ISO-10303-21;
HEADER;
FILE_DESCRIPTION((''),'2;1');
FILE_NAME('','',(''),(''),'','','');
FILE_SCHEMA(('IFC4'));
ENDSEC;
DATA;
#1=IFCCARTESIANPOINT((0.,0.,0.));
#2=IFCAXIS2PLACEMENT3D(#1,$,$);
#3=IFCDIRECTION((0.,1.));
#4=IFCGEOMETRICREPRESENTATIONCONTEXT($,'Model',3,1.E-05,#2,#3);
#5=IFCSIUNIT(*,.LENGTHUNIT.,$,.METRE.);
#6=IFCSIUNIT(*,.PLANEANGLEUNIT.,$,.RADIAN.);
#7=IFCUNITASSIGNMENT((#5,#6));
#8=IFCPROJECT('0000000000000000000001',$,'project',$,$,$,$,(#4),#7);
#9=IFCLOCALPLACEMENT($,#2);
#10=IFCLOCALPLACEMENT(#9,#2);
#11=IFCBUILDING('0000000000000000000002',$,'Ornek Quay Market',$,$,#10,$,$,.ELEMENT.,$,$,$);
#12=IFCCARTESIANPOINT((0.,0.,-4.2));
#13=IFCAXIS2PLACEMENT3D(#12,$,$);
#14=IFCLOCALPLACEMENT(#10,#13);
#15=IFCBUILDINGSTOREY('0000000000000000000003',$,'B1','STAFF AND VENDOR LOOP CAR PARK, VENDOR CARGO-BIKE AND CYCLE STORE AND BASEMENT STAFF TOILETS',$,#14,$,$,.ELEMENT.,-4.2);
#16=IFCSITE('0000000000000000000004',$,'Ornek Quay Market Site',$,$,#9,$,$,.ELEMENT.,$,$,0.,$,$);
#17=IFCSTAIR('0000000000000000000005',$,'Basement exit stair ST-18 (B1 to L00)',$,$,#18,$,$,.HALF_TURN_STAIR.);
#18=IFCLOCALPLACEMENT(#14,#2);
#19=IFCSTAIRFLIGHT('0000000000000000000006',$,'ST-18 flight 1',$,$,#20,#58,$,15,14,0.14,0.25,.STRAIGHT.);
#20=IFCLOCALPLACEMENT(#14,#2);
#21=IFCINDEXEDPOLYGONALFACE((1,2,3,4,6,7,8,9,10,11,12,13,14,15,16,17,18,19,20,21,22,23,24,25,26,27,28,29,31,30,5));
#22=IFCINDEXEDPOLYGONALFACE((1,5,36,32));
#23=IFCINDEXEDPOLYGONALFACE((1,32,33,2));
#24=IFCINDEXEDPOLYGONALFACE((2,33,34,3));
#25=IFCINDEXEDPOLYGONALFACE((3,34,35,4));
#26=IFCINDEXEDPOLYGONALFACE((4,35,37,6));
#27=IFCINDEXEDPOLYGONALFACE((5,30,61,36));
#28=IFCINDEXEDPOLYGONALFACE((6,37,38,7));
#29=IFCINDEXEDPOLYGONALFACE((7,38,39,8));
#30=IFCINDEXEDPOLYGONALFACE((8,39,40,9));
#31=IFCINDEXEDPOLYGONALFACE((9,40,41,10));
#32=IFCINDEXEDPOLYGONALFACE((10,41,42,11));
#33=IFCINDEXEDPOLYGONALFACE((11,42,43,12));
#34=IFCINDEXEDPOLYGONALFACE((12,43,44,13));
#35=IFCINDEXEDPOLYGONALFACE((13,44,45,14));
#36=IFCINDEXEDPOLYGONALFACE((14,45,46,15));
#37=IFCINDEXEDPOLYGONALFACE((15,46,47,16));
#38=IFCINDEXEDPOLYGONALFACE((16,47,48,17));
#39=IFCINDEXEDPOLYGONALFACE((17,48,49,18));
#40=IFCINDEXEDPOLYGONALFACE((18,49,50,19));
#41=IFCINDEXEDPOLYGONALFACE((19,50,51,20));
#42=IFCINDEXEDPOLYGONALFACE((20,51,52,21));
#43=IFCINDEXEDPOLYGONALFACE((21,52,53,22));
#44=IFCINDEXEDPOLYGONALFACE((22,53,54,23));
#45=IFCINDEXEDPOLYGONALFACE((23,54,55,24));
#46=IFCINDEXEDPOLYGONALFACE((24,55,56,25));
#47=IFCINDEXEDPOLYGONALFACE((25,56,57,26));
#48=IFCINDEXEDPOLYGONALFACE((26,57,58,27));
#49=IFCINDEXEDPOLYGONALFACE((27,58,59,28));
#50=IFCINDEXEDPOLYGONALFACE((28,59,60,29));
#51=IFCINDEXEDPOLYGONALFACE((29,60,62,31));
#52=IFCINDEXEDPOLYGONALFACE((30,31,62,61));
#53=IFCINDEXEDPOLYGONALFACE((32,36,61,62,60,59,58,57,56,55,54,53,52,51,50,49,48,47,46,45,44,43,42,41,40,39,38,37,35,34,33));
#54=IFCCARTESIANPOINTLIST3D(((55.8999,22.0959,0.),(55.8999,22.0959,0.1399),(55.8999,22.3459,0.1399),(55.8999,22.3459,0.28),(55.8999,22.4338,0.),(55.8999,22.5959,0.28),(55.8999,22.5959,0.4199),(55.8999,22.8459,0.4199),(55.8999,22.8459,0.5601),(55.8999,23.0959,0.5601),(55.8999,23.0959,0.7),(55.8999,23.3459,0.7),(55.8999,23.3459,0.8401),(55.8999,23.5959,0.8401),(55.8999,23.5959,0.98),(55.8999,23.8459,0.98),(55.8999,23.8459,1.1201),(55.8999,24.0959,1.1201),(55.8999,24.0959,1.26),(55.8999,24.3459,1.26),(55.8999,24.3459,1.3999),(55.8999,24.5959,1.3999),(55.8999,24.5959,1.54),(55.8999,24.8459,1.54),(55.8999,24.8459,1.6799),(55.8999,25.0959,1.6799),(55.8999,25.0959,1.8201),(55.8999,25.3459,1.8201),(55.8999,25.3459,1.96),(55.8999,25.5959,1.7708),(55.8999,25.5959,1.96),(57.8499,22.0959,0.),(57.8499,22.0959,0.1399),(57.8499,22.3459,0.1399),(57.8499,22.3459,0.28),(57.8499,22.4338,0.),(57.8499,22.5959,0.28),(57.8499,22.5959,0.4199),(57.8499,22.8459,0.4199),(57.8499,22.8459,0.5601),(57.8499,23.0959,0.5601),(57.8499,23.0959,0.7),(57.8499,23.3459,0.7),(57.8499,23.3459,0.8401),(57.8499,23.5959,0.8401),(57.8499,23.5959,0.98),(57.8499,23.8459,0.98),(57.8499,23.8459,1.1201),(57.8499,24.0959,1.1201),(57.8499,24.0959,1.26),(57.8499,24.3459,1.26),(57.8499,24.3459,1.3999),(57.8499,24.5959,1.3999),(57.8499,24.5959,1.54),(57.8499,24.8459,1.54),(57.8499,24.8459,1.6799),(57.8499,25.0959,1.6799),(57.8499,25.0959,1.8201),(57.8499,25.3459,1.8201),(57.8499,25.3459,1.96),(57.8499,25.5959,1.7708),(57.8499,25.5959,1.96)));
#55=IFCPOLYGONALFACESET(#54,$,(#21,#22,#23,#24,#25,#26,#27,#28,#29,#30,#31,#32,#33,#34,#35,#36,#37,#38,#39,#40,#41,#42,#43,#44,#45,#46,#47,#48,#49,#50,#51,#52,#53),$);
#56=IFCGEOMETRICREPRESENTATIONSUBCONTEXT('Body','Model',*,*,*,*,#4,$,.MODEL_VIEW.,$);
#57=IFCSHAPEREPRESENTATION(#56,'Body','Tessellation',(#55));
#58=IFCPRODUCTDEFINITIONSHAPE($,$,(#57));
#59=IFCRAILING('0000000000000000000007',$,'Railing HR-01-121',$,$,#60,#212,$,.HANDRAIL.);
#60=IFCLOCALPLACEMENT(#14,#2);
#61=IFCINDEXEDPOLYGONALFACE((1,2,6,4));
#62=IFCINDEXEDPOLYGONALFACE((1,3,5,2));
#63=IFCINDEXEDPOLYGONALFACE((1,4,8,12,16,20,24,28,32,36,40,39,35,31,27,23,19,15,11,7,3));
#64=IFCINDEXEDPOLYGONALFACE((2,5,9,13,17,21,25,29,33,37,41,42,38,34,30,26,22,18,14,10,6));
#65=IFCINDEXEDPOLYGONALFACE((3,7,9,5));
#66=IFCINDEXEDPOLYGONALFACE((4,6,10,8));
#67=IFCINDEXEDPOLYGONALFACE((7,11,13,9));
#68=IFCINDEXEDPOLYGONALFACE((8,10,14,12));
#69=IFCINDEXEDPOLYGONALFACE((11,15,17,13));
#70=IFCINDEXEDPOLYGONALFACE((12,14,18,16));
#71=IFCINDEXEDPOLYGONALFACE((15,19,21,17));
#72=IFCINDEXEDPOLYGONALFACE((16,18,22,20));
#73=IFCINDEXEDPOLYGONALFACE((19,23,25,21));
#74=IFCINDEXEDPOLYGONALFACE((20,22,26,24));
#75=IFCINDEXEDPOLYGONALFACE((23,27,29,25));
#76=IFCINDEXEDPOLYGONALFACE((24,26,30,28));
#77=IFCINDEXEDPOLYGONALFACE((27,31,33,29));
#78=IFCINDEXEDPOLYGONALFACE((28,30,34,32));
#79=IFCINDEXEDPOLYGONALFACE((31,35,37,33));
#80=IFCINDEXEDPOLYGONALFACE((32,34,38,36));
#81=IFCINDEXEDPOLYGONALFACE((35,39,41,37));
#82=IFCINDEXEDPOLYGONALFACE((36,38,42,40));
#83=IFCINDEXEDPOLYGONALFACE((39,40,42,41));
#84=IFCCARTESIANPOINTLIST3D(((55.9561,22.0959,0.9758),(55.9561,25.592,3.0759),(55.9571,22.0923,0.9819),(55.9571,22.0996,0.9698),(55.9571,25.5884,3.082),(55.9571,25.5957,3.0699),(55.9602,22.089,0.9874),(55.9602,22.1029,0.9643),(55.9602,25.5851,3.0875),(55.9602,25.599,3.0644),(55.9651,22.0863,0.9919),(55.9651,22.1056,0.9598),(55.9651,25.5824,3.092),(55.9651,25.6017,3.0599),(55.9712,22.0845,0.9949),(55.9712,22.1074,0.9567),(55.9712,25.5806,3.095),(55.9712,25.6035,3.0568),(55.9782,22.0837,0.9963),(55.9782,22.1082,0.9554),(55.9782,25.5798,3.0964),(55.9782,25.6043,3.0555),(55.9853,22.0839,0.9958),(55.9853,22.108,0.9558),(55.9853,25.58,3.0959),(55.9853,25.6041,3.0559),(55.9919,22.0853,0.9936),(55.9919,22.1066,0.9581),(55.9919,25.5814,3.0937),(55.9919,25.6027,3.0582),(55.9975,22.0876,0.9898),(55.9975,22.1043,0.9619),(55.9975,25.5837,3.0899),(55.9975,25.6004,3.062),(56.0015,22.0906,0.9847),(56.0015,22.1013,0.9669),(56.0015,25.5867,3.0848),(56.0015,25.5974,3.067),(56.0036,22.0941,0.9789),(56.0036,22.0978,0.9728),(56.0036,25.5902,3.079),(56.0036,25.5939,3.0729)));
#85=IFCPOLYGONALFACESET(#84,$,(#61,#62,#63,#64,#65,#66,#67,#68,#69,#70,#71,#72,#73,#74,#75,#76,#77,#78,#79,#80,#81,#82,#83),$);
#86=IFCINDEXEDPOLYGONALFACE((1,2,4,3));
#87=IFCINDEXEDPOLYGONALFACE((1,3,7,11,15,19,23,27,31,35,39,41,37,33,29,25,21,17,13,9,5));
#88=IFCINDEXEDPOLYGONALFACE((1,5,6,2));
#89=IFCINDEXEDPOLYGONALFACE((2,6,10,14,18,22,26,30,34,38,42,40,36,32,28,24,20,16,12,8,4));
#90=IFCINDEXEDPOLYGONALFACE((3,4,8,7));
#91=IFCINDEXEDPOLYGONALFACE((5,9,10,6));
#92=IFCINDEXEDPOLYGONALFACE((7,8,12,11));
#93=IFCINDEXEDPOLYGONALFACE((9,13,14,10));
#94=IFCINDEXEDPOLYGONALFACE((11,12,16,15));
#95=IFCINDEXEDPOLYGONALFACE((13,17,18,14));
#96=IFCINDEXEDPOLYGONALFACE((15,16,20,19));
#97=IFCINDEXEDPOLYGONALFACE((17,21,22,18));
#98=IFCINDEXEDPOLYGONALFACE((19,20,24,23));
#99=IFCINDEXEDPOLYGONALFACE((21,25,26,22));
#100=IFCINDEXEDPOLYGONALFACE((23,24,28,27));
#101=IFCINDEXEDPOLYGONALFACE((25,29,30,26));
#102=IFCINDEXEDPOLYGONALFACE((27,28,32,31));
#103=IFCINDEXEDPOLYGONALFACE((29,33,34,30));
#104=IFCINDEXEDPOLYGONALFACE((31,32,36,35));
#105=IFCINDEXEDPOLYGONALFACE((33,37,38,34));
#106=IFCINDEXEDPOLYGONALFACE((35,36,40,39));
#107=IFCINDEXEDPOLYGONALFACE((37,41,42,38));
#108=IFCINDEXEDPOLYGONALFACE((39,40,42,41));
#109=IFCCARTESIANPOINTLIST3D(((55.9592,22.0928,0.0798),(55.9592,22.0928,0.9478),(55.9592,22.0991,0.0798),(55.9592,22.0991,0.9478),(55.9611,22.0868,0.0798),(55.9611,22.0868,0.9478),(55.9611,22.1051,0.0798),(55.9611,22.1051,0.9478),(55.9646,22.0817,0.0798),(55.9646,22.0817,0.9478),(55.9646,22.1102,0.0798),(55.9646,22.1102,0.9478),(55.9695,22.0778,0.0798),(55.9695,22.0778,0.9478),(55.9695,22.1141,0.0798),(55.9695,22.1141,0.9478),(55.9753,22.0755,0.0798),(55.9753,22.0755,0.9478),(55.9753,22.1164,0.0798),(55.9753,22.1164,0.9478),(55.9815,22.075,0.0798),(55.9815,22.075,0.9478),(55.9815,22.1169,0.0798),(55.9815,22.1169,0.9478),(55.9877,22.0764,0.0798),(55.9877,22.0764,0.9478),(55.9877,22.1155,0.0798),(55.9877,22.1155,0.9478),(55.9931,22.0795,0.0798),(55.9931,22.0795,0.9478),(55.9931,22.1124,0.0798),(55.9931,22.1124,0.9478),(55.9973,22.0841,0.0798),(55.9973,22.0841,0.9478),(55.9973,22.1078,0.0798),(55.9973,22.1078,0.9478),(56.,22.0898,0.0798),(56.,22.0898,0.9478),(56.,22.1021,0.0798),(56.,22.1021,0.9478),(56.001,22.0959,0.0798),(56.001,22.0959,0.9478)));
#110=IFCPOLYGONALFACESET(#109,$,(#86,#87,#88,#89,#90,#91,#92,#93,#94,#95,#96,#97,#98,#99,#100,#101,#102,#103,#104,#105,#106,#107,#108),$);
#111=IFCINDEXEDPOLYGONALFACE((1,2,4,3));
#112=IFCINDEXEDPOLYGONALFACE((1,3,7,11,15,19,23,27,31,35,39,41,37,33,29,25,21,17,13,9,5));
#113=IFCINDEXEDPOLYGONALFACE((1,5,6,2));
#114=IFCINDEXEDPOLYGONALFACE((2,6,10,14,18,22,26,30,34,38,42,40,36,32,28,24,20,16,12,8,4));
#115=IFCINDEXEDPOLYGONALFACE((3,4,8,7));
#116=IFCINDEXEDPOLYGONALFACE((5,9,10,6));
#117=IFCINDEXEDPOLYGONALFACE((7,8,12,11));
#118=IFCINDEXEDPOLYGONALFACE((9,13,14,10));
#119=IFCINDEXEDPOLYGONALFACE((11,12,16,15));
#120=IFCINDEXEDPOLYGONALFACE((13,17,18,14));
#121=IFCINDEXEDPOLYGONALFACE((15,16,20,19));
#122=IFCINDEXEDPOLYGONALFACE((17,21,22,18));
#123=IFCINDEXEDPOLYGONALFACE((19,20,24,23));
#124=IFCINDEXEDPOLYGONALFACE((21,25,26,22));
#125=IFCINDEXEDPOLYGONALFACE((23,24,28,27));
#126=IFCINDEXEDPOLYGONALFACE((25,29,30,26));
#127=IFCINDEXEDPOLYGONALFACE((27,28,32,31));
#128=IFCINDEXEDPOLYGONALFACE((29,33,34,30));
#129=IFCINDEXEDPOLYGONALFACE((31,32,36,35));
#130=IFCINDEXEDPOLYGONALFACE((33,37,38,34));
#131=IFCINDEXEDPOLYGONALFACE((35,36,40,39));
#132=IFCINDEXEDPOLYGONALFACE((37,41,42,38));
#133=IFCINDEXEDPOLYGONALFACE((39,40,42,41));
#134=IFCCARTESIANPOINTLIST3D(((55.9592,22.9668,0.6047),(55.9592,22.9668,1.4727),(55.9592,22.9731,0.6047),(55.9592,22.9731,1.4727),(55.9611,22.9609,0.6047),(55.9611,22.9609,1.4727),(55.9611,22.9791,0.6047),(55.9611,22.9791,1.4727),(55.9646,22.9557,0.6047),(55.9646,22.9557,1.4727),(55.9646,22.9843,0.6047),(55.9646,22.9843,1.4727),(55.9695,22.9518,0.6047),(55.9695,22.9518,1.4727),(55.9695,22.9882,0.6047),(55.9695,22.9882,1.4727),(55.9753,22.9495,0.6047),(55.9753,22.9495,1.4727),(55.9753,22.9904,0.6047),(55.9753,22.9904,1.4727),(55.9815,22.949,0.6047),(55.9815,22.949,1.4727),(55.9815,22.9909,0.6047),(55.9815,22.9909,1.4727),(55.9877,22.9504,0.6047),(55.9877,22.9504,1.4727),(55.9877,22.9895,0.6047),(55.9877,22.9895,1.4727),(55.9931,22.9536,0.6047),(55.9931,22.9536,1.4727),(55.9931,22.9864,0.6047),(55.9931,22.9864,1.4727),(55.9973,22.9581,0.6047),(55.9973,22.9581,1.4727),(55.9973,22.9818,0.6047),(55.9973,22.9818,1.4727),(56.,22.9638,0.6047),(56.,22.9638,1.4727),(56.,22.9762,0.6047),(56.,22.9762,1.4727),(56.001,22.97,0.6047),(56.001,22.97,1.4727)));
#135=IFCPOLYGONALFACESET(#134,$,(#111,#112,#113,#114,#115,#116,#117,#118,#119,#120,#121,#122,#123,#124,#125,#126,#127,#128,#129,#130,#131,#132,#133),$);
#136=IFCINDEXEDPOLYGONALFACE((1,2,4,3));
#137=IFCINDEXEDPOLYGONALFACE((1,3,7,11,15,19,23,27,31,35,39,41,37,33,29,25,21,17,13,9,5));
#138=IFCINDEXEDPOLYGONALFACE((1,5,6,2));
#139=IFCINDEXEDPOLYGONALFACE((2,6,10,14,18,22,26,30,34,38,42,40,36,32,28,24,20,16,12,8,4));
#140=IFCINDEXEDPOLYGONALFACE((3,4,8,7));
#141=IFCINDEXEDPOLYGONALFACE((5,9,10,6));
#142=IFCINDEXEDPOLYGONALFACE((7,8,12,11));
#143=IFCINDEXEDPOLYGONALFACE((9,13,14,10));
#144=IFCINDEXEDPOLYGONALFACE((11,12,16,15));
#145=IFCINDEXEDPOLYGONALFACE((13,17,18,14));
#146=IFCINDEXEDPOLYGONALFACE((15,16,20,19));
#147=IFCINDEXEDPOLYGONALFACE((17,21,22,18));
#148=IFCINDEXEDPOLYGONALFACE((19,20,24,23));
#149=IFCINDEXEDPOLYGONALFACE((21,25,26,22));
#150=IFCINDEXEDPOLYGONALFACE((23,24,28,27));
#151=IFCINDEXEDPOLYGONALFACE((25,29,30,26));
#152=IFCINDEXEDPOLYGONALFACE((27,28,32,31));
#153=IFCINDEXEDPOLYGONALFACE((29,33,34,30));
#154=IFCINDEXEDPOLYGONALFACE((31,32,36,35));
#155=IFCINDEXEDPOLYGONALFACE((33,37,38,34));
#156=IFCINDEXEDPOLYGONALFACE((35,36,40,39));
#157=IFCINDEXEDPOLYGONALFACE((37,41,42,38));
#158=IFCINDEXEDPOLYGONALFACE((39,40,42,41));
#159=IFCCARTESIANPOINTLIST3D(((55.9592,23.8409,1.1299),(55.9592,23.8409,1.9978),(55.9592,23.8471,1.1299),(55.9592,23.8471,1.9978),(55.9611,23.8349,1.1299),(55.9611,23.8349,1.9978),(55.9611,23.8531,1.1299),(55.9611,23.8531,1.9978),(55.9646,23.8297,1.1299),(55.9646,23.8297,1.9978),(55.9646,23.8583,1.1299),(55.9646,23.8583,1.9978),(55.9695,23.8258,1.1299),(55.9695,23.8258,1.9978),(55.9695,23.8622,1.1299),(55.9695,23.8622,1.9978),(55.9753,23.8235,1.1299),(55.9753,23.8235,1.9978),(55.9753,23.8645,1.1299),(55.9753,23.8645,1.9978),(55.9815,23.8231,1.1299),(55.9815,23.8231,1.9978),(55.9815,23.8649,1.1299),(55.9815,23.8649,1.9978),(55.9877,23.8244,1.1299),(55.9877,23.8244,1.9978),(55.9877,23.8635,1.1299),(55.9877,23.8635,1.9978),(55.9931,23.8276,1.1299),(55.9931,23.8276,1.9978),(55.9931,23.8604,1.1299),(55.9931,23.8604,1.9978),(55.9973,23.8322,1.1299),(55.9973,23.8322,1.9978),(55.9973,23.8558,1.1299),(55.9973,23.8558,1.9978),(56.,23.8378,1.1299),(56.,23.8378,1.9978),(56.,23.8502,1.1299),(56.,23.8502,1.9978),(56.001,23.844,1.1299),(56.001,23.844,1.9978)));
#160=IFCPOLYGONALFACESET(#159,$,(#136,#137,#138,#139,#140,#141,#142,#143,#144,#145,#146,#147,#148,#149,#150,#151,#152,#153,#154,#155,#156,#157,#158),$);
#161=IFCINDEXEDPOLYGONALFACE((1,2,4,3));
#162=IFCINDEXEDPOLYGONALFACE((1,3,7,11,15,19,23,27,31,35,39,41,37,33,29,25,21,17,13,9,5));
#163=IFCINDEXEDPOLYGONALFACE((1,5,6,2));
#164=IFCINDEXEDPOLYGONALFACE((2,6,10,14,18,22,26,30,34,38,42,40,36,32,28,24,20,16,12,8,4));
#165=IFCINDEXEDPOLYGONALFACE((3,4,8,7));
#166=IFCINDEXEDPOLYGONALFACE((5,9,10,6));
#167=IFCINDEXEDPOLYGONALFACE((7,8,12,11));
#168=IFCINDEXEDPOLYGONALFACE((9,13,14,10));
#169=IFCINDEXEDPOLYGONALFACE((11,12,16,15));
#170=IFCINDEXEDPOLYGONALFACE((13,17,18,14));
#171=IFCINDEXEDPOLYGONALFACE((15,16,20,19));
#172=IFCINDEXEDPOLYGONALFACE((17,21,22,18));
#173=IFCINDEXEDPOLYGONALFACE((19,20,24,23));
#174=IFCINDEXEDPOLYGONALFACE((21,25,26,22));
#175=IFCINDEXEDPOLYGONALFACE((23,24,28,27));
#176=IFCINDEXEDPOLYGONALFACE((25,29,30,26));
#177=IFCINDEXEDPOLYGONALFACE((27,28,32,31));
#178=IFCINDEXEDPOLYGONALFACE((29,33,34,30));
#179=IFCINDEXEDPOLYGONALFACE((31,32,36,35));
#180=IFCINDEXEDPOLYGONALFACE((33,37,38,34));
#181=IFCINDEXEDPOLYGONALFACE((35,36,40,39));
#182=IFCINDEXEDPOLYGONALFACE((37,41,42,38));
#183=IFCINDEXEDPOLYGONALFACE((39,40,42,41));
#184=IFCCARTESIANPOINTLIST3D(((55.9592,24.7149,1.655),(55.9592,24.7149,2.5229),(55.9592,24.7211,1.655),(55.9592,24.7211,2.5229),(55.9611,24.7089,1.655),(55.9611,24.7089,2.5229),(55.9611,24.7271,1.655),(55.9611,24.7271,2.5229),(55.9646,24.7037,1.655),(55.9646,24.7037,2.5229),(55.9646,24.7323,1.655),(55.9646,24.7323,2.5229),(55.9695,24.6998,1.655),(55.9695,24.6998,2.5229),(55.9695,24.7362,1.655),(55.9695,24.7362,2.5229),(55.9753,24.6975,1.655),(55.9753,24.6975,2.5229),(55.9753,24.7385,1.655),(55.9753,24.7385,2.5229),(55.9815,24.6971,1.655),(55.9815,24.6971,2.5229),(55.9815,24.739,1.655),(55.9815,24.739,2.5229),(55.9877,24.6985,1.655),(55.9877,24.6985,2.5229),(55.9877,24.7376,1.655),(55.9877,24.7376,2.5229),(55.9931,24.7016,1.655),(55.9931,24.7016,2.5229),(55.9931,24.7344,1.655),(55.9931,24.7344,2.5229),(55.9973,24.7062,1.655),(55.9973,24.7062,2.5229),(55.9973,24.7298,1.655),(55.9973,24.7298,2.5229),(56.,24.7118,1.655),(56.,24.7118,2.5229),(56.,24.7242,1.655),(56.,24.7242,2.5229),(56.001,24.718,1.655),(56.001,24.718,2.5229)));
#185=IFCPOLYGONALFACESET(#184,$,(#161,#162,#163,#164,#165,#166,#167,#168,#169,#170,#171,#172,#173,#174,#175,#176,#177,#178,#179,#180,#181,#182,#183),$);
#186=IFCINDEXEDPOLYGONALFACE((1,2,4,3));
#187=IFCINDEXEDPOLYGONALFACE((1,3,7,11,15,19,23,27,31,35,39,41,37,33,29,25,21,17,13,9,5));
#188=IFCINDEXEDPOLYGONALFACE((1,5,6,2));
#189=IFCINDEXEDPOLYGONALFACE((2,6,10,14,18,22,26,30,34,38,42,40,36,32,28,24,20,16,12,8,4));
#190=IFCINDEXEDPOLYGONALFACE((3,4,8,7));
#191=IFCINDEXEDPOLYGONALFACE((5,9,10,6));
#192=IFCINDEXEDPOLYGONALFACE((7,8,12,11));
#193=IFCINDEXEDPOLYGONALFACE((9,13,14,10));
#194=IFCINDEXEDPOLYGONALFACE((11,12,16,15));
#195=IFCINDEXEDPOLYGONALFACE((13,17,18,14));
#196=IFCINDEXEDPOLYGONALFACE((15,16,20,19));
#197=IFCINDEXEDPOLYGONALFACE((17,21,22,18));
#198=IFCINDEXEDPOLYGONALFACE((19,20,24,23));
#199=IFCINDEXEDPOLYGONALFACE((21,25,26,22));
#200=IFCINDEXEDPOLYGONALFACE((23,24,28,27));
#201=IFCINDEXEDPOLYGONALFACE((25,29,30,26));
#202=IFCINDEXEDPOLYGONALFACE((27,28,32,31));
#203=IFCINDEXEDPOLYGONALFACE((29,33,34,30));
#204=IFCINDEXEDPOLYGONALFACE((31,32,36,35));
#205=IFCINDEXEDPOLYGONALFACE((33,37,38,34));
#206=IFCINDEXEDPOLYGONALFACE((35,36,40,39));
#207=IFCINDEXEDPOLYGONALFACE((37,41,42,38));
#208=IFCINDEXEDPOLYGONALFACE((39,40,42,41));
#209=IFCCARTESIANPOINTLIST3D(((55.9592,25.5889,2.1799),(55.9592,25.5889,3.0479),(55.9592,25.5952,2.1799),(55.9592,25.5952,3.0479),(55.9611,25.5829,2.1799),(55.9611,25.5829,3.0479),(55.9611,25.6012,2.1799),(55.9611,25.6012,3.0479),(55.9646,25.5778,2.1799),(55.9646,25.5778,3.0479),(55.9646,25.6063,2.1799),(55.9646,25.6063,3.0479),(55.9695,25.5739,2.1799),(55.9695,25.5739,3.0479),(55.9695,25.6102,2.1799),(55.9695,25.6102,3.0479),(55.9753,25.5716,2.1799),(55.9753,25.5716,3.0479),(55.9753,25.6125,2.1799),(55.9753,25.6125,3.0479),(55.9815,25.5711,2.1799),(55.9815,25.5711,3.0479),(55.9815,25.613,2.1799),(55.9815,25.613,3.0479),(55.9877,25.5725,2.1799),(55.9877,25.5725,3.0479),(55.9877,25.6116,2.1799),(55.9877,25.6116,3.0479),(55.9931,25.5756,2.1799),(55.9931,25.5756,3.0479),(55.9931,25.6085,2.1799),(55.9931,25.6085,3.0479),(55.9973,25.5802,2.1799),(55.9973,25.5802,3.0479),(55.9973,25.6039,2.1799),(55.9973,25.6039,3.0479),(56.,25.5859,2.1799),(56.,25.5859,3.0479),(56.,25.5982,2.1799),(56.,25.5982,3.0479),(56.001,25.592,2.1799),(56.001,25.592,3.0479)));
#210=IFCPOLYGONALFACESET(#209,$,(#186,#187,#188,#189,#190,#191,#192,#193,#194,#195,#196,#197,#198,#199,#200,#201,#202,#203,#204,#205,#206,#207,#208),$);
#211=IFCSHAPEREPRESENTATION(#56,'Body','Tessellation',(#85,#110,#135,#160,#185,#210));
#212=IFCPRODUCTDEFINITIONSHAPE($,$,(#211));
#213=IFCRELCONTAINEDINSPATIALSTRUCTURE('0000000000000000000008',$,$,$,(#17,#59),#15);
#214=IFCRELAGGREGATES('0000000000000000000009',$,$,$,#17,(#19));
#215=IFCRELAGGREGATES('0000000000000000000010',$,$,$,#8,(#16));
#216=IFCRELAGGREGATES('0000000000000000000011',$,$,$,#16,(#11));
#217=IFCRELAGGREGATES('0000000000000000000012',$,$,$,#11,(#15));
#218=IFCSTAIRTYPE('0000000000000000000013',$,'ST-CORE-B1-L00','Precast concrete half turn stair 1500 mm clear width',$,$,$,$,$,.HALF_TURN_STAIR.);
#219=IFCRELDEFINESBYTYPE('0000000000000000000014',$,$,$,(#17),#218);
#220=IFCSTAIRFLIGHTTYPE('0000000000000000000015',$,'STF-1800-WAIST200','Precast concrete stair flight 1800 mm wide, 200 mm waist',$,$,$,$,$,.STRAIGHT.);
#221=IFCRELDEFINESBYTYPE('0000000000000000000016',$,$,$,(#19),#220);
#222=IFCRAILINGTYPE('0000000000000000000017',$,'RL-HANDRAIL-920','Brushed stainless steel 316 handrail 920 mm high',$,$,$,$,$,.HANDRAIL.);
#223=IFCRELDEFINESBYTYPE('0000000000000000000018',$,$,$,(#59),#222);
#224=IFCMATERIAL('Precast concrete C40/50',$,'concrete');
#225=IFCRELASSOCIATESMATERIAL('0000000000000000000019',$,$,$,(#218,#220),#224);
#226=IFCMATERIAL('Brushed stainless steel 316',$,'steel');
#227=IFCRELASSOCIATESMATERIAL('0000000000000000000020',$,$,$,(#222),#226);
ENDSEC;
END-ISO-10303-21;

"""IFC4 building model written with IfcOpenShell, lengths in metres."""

from ifc_helpers import new_model, si_unit, direction, frame, origin, origin_2d, place, context, subcontext, project, spatial, polyline, circle, outline, extrude, material, type_object, element, aggregate, save


model = new_model("IFC4")

# Units and contexts
model_context = context("Model", 3, precision=1e-05, world=origin(), true_north=direction((0.0, 1.0)))
body_context = subcontext(model_context, "Body", "Model", "MODEL_VIEW")
ifc_project = project(units=[si_unit("LENGTHUNIT", "METRE"), si_unit("PLANEANGLEUNIT", "RADIAN")], contexts=[model_context])

# Site, building, storey
site_placement = place(None, origin())
site = spatial("IfcSite", under=ifc_project, at=site_placement, Name="Ornek Quay Market Site", CompositionType="ELEMENT", RefElevation=0.0)
building_placement = place(site_placement, origin())
building = spatial("IfcBuilding", under=site, at=building_placement, Name="Ornek Quay Market", CompositionType="ELEMENT")
storey_placement = place(building_placement, frame((0.0, 0.0, -4.2)))
storey = spatial("IfcBuildingStorey", under=building, at=storey_placement, Name="B1", Description="STAFF AND VENDOR LOOP CAR PARK, VENDOR CARGO-BIKE AND CYCLE STORE AND BASEMENT STAFF TOILETS", CompositionType="ELEMENT", Elevation=-4.2)

# Stair, stair flight
ifc_material_1 = material(Name="Precast concrete C40/50", Category="concrete")
stair_type = type_object("IfcStairType", Name="ST-CORE-B1-L00", Description="Precast concrete half turn stair 1500 mm clear width", PredefinedType="HALF_TURN_STAIR", material=ifc_material_1)
stair_placement = place(storey_placement, origin())
stair = element("IfcStair", 1, at=stair_placement, inside=storey, type_object=stair_type, Name="Basement exit stair ST-18 (B1 to L00)", PredefinedType="HALF_TURN_STAIR")
stair_flight_type = type_object("IfcStairFlightType", Name="STF-1800-WAIST200", Description="Precast concrete stair flight 1800 mm wide, 200 mm waist", PredefinedType="STRAIGHT", material=ifc_material_1)
stair_flight_placement = place(storey_placement, frame((56.875, 22.0959, 0.0), z_axis=(0.0, 0.0, 1.0), x_axis=(0.0, 1.0, 0.0)))
stair_flight = element("IfcStairFlight", 2, at=stair_flight_placement, type_object=stair_flight_type, Name="ST-18 flight 1", NumberOfRisers=15, NumberOfTreads=14, PredefinedType="STRAIGHT", RiserHeight=0.14, TreadLength=0.25, context=body_context, shape_type="SweptSolid", body=[
    extrude(outline(polyline([(0.0, 0.0), (0.0, 0.1399), (0.25, 0.1399), (0.25, 0.28), (0.5, 0.28), (0.5, 0.4199), (0.75, 0.4199), (0.75, 0.5601), (1.0, 0.5601), (1.0, 0.7), (1.25, 0.7), (1.25, 0.8401), (1.5, 0.8401), (1.5, 0.98), (1.75, 0.98), (1.75, 1.1201), (2.0, 1.1201), (2.0, 1.26), (2.25, 1.26), (2.25, 1.3999), (2.5, 1.3999), (2.5, 1.54), (2.75, 1.54), (2.75, 1.6799), (3.0, 1.6799), (3.0, 1.8201), (3.25, 1.8201), (3.25, 1.96), (3.5, 1.96), (3.5, 2.1001), (3.5, 1.7708), (0.3379, 0.0), (0.0, 0.0)])), frame((0.0, 0.9751, 0.0), z_axis=(0.0, -1.0, 0.0), x_axis=(1.0, 0.0, 0.0)), (0.0, 0.0, 1.0), 1.95),
])
aggregate(stair, [stair_flight])

# Railing
ifc_material_2 = material(Name="Brushed stainless steel 316", Category="steel")
railing_type = type_object("IfcRailingType", Name="RL-HANDRAIL-920", Description="Brushed stainless steel 316 handrail 920 mm high", PredefinedType="HANDRAIL", material=ifc_material_2)
railing_placement = place(storey_placement, frame((55.98, 22.0959, 0.0798)))
element("IfcRailing", 3, at=railing_placement, inside=storey, type_object=railing_type, Name="Railing HR-01-121", PredefinedType="HANDRAIL", context=body_context, shape_type="SweptSolid", body=[
    extrude(circle(Radius=0.0239, at=origin_2d()), frame((0.0, 0.0, 0.896), z_axis=(0.0, 0.857229, 0.514936), x_axis=(-1.0, 0.0, 0.0)), (0.0, 0.0, 1.0), 4.0784),
    extrude(circle(Radius=0.021, at=origin_2d()), origin(), (0.0, 0.0, 1.0), 0.8679),
    extrude(circle(Radius=0.021, at=origin_2d()), frame((0.0, 0.874, 0.5249)), (0.0, 0.0, 1.0), 0.8679),
    extrude(circle(Radius=0.021, at=origin_2d()), frame((0.0, 1.748, 1.05)), (0.0, 0.0, 1.0), 0.8679),
    extrude(circle(Radius=0.021, at=origin_2d()), frame((0.0, 2.6221, 1.5752)), (0.0, 0.0, 1.0), 0.8679),
    extrude(circle(Radius=0.021, at=origin_2d()), frame((0.0, 3.4961, 2.1001)), (0.0, 0.0, 1.0), 0.8679),
])

save(model, "model.ifc")
